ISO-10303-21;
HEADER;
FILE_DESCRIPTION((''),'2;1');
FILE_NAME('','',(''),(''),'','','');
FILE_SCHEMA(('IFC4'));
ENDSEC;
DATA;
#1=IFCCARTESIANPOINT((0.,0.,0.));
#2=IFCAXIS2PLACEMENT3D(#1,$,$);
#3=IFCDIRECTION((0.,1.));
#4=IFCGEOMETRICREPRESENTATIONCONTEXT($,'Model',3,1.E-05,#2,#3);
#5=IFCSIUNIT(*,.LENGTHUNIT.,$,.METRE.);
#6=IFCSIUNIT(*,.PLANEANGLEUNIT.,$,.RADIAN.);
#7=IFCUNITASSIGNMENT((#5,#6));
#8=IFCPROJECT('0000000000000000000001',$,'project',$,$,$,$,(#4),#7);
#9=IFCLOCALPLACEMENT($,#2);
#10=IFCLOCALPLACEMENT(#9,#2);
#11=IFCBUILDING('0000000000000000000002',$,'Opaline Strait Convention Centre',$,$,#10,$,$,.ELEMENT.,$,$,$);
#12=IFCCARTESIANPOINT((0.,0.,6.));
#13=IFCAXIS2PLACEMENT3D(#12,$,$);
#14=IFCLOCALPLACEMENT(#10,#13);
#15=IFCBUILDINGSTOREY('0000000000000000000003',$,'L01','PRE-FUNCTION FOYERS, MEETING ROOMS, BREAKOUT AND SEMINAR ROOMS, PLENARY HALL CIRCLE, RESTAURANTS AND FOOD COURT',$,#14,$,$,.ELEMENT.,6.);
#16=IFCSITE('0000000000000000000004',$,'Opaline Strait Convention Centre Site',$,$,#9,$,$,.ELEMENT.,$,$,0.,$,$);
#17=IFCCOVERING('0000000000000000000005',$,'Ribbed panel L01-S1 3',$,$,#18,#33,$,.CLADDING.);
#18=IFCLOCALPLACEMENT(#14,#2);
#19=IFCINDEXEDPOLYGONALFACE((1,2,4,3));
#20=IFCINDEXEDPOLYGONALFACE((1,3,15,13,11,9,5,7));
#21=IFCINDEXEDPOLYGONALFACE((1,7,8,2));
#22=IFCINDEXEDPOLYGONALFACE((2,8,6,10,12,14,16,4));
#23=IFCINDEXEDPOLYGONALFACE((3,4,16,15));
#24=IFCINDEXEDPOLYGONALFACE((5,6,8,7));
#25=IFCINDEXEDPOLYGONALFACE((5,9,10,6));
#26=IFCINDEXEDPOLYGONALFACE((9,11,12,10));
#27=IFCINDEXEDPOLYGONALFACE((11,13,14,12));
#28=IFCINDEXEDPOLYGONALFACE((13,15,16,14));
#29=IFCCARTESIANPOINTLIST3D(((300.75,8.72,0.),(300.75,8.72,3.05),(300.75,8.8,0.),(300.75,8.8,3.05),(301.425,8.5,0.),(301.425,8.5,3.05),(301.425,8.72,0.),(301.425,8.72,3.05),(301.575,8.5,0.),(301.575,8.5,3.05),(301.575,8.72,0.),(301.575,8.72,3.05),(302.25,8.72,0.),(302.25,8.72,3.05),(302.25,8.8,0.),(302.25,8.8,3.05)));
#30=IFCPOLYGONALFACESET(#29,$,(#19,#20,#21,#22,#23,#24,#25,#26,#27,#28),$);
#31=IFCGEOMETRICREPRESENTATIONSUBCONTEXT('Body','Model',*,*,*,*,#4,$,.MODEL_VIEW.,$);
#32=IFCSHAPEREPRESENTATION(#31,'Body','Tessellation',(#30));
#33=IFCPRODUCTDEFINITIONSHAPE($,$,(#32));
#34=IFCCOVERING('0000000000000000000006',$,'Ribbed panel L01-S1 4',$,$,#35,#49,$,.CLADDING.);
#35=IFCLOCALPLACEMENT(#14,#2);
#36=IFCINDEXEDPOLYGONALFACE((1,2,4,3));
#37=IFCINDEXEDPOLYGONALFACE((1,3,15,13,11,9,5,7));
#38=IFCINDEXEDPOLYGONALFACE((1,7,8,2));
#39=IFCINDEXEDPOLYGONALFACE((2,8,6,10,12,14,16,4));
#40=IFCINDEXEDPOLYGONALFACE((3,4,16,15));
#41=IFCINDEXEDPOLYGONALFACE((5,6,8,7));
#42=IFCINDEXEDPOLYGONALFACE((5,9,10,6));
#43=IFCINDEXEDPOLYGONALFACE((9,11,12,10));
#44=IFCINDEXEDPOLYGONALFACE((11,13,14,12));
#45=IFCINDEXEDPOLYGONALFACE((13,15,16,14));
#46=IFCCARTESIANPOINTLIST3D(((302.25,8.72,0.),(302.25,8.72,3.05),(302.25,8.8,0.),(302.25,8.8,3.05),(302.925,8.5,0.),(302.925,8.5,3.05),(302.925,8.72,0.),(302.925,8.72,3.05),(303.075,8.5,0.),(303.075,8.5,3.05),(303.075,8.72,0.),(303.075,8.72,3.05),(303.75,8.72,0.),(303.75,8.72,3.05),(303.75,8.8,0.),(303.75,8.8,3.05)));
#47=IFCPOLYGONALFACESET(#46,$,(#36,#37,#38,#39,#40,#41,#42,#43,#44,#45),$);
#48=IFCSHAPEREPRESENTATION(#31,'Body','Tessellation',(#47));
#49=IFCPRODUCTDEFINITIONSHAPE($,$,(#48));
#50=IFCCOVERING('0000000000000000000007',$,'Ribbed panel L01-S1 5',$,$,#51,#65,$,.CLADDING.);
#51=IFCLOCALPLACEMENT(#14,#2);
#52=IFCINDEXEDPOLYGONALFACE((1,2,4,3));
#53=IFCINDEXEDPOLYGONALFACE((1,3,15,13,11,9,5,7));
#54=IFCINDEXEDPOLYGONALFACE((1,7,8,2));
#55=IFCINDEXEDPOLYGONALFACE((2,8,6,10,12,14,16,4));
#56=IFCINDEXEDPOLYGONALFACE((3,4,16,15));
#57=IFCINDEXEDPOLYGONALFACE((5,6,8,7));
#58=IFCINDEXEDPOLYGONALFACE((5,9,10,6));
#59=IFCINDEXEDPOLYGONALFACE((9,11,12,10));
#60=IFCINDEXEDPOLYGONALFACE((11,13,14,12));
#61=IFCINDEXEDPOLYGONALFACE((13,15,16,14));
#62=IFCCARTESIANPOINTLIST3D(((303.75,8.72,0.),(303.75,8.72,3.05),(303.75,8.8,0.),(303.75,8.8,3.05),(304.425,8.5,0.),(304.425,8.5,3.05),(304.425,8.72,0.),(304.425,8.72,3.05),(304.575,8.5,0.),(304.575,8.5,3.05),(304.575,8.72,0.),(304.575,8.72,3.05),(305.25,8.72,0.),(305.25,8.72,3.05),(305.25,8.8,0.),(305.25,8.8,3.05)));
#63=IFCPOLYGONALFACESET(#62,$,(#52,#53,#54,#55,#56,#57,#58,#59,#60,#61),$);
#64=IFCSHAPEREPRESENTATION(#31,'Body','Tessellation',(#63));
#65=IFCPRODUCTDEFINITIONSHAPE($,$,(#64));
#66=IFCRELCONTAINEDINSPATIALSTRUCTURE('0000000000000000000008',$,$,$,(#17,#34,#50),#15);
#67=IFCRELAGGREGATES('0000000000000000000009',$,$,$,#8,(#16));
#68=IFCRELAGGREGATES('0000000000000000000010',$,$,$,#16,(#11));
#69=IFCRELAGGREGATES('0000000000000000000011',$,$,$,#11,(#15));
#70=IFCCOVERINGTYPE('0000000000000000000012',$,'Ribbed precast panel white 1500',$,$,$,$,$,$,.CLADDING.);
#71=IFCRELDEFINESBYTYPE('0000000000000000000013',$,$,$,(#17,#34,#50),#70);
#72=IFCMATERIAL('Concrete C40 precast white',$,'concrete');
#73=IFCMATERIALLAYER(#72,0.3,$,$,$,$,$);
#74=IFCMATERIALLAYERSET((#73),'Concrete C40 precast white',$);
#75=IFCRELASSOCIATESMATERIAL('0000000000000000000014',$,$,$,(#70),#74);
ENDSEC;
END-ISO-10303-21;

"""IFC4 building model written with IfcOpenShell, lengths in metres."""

from ifc_helpers import new_model, si_unit, direction, frame, origin, place, context, subcontext, project, spatial, polyline, outline, extrude, material, layer, layer_set, type_object, element, save


model = new_model("IFC4")

# Units and contexts
model_context = context("Model", 3, precision=1e-05, world=origin(), true_north=direction((0.0, 1.0)))
body_context = subcontext(model_context, "Body", "Model", "MODEL_VIEW")
ifc_project = project(units=[si_unit("LENGTHUNIT", "METRE"), si_unit("PLANEANGLEUNIT", "RADIAN")], contexts=[model_context])

# Site, building, storey
site_placement = place(None, origin())
site = spatial("IfcSite", under=ifc_project, at=site_placement, Name="Opaline Strait Convention Centre Site", CompositionType="ELEMENT", RefElevation=0.0)
building_placement = place(site_placement, origin())
building = spatial("IfcBuilding", under=site, at=building_placement, Name="Opaline Strait Convention Centre", CompositionType="ELEMENT")
storey_placement = place(building_placement, frame((0.0, 0.0, 6.0)))
storey = spatial("IfcBuildingStorey", under=building, at=storey_placement, Name="L01", Description="PRE-FUNCTION FOYERS, MEETING ROOMS, BREAKOUT AND SEMINAR ROOMS, PLENARY HALL CIRCLE, RESTAURANTS AND FOOD COURT", CompositionType="ELEMENT", Elevation=6.0)

# Coverings
ifc_material = material(Name="Concrete C40 precast white", Category="concrete")
ifc_layer = layer(ifc_material, 0.3)
ifc_layer_set = layer_set([ifc_layer], Name="Concrete C40 precast white")
covering_type = type_object("IfcCoveringType", Name="Ribbed precast panel white 1500", PredefinedType="CLADDING", material=ifc_layer_set)
covering_1_placement = place(storey_placement, origin())
element("IfcCovering", 1, at=covering_1_placement, inside=storey, type_object=covering_type, Name="Ribbed panel L01-S1 3", PredefinedType="CLADDING", context=body_context, shape_type="SweptSolid", body=[
    extrude(outline(polyline([(300.75, 8.8), (302.25, 8.8), (302.25, 8.72), (301.575, 8.72), (301.575, 8.5), (301.425, 8.5), (301.425, 8.72), (300.75, 8.72), (300.75, 8.8)])), origin(), (0.0, 0.0, 1.0), 3.05),
])
covering_2_placement = place(storey_placement, origin())
element("IfcCovering", 2, at=covering_2_placement, inside=storey, type_object=covering_type, Name="Ribbed panel L01-S1 4", PredefinedType="CLADDING", context=body_context, shape_type="SweptSolid", body=[
    extrude(outline(polyline([(302.25, 8.8), (303.75, 8.8), (303.75, 8.72), (303.075, 8.72), (303.075, 8.5), (302.925, 8.5), (302.925, 8.72), (302.25, 8.72), (302.25, 8.8)])), origin(), (0.0, 0.0, 1.0), 3.05),
])
covering_3_placement = place(storey_placement, origin())
element("IfcCovering", 3, at=covering_3_placement, inside=storey, type_object=covering_type, Name="Ribbed panel L01-S1 5", PredefinedType="CLADDING", context=body_context, shape_type="SweptSolid", body=[
    extrude(outline(polyline([(303.75, 8.8), (305.25, 8.8), (305.25, 8.72), (304.575, 8.72), (304.575, 8.5), (304.425, 8.5), (304.425, 8.72), (303.75, 8.72), (303.75, 8.8)])), origin(), (0.0, 0.0, 1.0), 3.05),
])

save(model, "model.ifc")
